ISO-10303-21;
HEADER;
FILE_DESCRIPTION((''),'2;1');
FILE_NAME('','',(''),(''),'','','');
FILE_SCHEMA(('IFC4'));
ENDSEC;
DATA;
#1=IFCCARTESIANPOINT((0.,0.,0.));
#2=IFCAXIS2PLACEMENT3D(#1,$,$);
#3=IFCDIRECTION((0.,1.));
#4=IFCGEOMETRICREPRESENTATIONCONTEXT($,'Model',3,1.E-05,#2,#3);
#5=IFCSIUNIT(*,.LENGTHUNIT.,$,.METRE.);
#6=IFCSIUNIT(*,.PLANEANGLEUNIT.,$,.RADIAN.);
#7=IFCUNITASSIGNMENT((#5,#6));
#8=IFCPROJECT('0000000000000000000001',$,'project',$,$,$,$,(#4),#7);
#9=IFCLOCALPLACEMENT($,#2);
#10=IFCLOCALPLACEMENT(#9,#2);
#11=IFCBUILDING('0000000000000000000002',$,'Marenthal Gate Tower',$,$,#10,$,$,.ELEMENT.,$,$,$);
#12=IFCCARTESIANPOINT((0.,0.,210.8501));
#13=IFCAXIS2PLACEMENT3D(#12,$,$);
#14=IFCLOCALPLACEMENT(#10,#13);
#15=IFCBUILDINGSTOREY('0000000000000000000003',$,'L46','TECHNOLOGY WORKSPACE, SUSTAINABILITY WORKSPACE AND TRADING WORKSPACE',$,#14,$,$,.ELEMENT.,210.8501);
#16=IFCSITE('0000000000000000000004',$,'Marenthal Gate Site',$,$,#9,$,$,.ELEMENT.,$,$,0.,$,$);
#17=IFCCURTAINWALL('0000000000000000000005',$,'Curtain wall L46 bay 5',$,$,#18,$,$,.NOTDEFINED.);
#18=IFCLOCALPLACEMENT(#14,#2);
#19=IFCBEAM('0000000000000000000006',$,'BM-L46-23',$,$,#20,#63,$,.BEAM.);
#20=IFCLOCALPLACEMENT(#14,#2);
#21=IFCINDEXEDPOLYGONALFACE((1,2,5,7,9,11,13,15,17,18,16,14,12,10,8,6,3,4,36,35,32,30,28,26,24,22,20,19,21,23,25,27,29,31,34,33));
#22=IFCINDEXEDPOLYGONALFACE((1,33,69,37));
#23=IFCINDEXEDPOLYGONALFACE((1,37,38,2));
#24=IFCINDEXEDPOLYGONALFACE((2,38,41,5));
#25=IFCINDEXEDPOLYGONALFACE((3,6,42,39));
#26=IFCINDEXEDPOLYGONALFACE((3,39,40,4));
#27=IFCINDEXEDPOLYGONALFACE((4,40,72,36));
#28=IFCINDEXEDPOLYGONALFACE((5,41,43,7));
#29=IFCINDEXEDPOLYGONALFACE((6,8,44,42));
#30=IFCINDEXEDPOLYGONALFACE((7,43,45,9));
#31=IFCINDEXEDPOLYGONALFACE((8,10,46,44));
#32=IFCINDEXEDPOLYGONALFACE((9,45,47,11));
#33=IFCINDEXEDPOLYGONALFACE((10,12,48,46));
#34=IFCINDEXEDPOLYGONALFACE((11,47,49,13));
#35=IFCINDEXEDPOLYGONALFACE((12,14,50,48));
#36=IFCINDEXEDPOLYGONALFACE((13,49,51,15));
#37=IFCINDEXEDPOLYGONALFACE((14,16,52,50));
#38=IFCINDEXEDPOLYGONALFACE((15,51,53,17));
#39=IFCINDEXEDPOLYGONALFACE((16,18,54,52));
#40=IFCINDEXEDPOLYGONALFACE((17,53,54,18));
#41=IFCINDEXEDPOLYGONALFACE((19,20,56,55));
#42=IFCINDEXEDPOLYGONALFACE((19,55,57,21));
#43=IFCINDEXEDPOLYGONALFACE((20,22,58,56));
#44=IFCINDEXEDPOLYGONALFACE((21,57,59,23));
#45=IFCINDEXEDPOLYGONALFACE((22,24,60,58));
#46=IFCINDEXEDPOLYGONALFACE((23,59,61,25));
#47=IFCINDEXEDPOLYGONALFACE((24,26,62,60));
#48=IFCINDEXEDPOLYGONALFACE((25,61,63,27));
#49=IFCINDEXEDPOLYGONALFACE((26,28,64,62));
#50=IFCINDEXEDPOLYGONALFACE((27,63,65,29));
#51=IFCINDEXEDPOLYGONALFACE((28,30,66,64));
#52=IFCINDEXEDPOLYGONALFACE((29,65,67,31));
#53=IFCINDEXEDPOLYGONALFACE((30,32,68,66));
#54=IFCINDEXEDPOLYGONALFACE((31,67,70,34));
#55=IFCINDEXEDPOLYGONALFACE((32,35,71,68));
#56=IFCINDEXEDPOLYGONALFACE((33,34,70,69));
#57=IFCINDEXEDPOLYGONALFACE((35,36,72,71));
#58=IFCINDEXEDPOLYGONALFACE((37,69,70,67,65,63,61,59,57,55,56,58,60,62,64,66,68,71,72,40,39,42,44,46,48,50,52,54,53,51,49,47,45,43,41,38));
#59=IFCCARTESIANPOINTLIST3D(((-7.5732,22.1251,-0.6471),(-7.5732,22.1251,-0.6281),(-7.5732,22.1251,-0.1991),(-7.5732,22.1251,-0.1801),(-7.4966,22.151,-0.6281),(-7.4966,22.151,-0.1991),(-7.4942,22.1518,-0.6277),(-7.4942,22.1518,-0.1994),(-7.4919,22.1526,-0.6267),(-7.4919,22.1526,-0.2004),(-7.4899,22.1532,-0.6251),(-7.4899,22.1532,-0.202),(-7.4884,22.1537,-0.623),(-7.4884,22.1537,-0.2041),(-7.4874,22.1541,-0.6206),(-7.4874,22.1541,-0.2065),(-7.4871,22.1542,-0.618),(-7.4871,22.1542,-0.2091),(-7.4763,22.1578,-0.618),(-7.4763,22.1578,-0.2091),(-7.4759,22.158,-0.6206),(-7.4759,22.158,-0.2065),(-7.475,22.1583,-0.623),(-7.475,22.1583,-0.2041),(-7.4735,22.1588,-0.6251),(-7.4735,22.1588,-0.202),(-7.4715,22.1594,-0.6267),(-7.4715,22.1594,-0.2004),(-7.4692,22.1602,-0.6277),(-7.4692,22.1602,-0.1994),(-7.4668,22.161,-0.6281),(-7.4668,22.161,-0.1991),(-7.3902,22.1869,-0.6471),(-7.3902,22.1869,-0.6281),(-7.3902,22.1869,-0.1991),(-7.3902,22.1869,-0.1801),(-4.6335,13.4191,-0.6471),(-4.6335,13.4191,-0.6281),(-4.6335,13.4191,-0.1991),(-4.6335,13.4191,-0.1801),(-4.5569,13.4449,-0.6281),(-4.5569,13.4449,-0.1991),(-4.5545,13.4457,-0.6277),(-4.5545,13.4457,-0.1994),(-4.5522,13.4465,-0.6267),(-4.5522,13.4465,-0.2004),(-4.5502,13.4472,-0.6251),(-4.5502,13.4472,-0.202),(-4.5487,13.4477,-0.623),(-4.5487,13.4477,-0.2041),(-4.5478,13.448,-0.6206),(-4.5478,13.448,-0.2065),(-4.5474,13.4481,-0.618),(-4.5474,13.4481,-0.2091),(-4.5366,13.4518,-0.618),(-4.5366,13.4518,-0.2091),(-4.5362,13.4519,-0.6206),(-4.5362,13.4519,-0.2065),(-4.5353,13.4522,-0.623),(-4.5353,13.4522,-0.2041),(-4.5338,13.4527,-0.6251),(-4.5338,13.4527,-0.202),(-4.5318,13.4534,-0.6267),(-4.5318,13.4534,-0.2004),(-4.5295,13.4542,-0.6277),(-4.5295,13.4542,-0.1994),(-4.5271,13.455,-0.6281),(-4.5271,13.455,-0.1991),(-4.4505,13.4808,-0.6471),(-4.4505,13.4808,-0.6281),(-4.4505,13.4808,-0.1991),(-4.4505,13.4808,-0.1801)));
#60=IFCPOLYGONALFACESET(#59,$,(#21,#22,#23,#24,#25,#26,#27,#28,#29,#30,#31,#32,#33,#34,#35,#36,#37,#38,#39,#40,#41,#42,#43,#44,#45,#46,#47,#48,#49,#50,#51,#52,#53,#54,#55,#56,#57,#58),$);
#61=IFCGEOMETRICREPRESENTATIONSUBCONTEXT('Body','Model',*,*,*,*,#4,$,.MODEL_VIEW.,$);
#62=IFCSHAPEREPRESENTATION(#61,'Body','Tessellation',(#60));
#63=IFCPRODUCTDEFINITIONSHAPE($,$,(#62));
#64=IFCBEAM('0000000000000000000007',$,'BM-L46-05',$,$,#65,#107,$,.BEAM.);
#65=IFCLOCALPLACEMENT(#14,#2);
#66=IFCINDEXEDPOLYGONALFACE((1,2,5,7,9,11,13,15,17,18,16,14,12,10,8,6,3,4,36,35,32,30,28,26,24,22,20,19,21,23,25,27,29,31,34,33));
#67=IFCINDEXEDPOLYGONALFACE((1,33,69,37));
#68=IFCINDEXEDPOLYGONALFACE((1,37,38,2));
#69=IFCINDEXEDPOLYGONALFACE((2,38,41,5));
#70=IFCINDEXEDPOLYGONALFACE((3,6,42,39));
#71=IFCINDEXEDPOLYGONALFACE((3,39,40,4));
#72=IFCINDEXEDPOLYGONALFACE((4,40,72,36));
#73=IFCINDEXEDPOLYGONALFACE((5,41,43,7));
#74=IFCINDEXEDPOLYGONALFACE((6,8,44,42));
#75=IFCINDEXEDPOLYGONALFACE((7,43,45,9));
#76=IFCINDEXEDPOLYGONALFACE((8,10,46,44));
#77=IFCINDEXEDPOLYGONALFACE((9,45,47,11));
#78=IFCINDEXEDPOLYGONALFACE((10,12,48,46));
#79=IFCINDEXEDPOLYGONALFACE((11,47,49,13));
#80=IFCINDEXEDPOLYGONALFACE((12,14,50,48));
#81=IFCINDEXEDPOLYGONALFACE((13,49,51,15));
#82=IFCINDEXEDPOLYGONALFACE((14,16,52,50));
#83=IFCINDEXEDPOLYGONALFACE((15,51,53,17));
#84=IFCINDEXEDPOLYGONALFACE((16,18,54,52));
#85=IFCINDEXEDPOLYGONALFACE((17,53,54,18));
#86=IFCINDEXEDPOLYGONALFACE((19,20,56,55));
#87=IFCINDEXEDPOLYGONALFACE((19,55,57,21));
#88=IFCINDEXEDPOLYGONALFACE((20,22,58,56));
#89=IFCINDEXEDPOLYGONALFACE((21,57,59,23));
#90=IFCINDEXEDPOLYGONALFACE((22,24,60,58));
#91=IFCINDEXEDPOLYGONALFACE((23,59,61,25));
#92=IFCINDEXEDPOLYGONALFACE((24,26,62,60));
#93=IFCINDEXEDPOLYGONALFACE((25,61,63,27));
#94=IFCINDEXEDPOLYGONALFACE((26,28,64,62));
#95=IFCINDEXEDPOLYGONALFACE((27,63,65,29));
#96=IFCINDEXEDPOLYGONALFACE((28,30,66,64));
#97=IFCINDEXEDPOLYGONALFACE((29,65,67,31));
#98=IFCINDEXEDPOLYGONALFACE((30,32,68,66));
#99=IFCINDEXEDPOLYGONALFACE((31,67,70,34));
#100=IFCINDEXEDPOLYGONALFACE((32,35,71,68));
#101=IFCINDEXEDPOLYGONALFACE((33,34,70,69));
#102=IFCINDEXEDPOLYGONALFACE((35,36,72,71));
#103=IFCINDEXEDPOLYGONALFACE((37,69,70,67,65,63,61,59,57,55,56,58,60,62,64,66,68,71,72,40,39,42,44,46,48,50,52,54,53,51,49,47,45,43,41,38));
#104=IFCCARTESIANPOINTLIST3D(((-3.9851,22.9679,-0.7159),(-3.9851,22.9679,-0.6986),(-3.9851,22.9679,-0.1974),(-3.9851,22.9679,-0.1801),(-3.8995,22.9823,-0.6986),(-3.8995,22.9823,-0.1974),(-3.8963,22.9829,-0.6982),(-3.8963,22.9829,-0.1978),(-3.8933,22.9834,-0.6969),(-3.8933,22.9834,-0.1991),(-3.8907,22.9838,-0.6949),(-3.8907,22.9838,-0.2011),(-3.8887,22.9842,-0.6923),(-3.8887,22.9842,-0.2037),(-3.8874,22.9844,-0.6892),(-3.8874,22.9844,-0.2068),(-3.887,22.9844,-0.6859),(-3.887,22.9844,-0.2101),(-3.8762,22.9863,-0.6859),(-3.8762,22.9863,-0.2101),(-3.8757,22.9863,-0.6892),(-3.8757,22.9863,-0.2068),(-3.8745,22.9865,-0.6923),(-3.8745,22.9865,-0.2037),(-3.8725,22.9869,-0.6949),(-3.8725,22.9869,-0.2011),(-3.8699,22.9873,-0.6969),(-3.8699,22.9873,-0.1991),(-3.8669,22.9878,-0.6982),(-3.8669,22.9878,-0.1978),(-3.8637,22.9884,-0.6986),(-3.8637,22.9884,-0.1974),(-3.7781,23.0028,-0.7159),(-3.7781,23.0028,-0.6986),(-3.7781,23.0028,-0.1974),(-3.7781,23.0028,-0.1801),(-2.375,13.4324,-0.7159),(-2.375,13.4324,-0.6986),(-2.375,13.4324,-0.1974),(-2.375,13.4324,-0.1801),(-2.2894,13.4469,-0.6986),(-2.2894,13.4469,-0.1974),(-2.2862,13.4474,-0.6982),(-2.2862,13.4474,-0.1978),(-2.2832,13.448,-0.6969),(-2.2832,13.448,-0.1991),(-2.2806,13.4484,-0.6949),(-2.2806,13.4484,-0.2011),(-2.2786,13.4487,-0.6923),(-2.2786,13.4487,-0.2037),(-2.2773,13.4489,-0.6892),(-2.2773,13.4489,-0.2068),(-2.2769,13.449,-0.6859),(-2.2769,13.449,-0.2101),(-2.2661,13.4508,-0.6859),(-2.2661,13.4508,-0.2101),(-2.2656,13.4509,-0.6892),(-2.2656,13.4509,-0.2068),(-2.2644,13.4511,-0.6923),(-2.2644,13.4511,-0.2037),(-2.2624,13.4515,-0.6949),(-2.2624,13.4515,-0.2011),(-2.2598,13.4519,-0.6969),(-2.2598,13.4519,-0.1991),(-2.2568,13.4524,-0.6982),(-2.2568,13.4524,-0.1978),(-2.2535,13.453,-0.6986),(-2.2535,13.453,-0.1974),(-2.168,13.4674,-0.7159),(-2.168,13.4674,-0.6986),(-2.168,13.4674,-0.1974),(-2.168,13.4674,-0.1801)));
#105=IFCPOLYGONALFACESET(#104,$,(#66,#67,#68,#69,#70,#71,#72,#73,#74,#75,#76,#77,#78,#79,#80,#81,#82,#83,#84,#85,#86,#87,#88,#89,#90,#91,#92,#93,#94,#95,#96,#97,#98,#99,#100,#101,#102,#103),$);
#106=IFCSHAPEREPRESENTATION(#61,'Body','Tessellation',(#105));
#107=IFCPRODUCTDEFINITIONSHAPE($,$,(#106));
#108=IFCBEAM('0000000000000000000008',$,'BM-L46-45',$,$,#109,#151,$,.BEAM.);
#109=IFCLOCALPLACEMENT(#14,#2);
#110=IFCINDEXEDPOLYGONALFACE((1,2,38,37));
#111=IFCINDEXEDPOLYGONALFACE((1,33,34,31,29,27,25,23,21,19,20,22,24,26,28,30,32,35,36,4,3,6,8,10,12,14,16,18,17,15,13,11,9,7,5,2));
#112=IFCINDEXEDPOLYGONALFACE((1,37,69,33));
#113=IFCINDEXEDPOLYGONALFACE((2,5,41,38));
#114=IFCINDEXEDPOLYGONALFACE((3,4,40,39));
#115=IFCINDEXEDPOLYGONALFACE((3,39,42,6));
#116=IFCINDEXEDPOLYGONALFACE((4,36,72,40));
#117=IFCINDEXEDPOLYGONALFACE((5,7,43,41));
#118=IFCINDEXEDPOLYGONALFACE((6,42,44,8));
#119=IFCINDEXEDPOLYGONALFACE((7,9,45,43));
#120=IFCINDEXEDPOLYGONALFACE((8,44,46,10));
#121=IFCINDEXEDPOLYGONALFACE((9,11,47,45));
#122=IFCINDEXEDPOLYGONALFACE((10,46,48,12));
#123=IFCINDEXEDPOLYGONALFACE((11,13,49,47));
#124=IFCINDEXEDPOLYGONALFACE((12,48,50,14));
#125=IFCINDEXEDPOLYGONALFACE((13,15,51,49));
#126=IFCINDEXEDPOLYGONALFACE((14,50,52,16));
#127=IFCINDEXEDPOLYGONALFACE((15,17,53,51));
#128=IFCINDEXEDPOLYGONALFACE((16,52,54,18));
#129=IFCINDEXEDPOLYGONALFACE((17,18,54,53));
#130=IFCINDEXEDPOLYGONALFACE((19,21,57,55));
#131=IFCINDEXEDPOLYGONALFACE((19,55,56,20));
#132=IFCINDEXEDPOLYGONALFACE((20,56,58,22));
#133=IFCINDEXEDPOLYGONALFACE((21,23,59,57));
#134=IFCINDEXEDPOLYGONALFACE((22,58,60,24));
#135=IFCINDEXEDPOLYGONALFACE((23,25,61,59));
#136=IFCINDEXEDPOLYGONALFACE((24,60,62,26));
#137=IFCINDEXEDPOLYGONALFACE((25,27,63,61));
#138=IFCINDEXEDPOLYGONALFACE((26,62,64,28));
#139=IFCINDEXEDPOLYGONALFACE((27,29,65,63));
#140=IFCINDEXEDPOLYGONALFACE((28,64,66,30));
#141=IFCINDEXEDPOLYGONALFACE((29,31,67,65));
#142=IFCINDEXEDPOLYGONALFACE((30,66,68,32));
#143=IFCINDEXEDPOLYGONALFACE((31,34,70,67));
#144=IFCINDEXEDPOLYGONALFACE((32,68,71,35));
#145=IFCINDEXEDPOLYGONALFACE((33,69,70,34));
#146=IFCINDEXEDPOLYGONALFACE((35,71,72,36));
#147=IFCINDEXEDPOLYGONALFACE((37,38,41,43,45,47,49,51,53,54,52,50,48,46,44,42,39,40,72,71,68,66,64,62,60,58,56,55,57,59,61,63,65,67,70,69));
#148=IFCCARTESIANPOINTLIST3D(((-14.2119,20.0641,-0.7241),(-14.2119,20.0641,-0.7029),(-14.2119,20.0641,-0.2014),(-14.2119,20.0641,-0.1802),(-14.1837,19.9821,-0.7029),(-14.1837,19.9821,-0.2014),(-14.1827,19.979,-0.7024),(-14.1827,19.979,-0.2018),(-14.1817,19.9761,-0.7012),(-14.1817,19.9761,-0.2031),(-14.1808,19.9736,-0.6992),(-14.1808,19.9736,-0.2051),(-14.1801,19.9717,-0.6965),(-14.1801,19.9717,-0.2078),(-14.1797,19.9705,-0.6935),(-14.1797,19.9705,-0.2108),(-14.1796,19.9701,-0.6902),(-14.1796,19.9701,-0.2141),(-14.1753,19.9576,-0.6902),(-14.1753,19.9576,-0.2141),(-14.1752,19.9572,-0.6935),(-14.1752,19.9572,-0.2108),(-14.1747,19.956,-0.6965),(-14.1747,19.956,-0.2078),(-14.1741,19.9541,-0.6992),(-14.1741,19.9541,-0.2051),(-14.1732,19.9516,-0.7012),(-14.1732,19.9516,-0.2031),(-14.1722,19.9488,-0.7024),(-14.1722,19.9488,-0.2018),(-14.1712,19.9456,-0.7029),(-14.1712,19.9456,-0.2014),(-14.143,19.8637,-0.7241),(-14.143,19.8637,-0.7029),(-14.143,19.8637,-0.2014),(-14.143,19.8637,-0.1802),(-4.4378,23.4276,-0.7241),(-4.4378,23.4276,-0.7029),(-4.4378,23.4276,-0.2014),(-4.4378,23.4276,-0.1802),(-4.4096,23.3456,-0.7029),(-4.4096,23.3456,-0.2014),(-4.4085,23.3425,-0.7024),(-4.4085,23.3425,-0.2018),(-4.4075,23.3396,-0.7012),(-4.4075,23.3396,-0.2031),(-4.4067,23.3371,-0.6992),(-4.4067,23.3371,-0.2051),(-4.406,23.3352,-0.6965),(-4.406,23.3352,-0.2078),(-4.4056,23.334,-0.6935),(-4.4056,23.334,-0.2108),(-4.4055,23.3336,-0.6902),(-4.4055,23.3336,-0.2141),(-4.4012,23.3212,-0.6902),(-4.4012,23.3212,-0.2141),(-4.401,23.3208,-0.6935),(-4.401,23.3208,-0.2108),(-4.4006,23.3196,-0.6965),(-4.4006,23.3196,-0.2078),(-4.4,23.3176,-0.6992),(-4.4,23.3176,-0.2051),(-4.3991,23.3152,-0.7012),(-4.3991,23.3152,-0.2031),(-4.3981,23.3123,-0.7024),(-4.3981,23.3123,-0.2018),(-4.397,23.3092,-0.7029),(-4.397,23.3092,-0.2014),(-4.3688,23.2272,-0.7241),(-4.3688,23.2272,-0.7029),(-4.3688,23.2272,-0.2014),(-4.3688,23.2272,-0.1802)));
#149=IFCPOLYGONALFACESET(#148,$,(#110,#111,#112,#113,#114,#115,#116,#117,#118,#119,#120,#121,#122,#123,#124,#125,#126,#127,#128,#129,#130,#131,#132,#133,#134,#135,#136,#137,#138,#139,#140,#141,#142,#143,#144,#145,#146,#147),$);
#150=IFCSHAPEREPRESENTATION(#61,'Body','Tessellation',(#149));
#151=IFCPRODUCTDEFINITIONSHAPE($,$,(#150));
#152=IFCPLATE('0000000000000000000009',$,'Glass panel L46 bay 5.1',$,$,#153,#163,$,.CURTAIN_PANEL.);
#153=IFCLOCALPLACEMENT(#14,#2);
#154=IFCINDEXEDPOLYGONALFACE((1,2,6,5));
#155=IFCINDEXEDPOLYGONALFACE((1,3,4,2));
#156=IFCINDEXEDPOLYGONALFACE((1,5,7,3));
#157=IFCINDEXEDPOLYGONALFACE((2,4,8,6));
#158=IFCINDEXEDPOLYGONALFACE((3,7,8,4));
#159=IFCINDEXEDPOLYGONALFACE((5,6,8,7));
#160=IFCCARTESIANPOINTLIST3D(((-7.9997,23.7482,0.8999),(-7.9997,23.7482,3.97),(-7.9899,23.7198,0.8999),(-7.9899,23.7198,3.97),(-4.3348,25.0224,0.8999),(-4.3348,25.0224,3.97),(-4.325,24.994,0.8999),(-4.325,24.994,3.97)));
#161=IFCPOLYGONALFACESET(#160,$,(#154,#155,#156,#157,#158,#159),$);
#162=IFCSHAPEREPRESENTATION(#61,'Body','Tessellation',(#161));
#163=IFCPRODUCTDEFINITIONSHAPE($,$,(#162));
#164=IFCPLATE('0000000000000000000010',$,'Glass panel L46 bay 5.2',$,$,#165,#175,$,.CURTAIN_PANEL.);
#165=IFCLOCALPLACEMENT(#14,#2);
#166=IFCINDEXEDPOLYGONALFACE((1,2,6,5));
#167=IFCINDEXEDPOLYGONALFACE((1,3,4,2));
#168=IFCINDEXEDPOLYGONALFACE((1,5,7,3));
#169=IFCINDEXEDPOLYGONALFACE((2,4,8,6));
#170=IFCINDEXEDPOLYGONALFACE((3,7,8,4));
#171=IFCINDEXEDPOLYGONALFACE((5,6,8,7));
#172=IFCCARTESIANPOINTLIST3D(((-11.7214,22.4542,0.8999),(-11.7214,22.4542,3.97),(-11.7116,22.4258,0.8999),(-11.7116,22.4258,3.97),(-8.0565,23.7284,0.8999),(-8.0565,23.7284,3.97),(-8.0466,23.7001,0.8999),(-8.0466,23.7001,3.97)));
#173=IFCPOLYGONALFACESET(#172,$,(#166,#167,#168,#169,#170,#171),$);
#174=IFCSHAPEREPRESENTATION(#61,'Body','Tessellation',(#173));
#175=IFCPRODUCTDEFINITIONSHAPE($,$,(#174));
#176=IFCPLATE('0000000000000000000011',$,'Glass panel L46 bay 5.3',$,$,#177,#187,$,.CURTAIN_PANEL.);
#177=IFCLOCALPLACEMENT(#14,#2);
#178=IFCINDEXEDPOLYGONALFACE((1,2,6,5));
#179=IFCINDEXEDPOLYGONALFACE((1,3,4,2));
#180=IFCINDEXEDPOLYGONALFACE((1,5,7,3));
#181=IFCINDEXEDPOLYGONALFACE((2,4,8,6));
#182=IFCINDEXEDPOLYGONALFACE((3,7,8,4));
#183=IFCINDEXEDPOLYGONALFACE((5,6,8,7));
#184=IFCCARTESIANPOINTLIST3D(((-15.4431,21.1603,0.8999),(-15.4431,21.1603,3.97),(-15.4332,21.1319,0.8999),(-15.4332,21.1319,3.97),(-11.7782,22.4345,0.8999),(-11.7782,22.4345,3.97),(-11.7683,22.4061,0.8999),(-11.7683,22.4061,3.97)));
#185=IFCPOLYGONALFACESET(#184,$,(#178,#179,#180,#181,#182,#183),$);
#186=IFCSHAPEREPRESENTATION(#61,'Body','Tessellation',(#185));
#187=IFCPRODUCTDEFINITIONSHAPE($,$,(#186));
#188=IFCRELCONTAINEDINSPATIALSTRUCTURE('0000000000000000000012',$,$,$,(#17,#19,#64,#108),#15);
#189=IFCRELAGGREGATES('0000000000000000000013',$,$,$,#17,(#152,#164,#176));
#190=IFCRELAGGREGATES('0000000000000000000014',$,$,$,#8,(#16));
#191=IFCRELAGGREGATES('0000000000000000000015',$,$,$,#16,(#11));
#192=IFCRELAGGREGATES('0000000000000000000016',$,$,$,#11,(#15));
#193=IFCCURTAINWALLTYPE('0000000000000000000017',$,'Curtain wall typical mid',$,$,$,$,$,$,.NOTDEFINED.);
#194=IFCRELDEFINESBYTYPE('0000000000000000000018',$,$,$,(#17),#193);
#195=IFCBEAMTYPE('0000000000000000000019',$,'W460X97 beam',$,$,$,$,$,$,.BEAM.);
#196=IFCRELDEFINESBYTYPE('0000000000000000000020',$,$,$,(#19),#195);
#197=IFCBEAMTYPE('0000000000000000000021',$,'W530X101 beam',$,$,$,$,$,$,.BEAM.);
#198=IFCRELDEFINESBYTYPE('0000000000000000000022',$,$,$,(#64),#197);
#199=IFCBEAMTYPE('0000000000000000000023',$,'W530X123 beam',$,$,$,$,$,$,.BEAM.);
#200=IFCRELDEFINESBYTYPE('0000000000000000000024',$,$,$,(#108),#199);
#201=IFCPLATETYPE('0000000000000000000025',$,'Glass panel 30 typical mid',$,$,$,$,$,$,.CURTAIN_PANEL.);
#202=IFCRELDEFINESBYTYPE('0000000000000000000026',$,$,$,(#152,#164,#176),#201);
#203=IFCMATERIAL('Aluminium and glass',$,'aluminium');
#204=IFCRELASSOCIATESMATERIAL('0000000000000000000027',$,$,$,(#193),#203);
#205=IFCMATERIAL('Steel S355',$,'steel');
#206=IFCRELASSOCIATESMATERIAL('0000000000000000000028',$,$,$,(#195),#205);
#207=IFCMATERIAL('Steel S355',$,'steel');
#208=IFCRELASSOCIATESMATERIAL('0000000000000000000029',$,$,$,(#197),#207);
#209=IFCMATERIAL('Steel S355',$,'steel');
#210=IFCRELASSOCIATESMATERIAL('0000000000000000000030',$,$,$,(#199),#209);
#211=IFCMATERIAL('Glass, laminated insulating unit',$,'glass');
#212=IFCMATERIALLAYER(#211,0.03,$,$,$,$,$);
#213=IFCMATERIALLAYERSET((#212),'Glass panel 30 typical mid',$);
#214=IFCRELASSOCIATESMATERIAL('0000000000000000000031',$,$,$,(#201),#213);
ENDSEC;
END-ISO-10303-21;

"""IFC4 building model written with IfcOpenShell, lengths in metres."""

from ifc_helpers import new_model, si_unit, direction, frame, origin, origin_2d, place, context, subcontext, project, spatial, rectangle, i_section, extrude, material, layer, layer_set, material_profile, profile_set, type_object, element, aggregate, save


model = new_model("IFC4")

# Units and contexts
model_context = context("Model", 3, precision=1e-05, world=origin(), true_north=direction((0.0, 1.0)))
body_context = subcontext(model_context, "Body", "Model", "MODEL_VIEW")
ifc_project = project(units=[si_unit("LENGTHUNIT", "METRE"), si_unit("PLANEANGLEUNIT", "RADIAN")], contexts=[model_context])

# Site, building, storey
site_placement = place(None, origin())
site = spatial("IfcSite", under=ifc_project, at=site_placement, Name="Marenthal Gate Site", CompositionType="ELEMENT", RefElevation=0.0)
building_placement = place(site_placement, origin())
building = spatial("IfcBuilding", under=site, at=building_placement, Name="Marenthal Gate Tower", CompositionType="ELEMENT")
storey_placement = place(building_placement, frame((0.0, 0.0, 210.8501)))
storey = spatial("IfcBuildingStorey", under=building, at=storey_placement, Name="L46", Description="TECHNOLOGY WORKSPACE, SUSTAINABILITY WORKSPACE AND TRADING WORKSPACE", CompositionType="ELEMENT", Elevation=210.8501)

# Curtain wall
ifc_material_1 = material(Name="Aluminium and glass", Category="aluminium")
curtain_wall_type = type_object("IfcCurtainWallType", Name="Curtain wall typical mid", PredefinedType="NOTDEFINED", material=ifc_material_1)
curtain_wall_placement = place(storey_placement, origin())
curtain_wall = element("IfcCurtainWall", 1, at=curtain_wall_placement, inside=storey, type_object=curtain_wall_type, Name="Curtain wall L46 bay 5", PredefinedType="NOTDEFINED")

# Beams
ifc_material_2 = material(Name="Steel S355", Category="steel")
ifc_material_profile_1 = material_profile(ifc_material_2, i_section(OverallWidth=0.1931, OverallDepth=0.467, WebThickness=0.0115, FlangeThickness=0.019, FilletRadius=0.01, at=origin_2d()), Name="W460X97")
ifc_profile_set_1 = profile_set([ifc_material_profile_1], Name="Steel S355")
beam_type_1 = type_object("IfcBeamType", Name="W460X97 beam", PredefinedType="BEAM", material=ifc_profile_set_1)
beam_1_placement = place(storey_placement, frame((-7.4817, 22.156, -0.4136), z_axis=(0.319916, -0.947446, 0.0), x_axis=(0.947446, 0.319916, 0.0)))
element("IfcBeam", 2, at=beam_1_placement, inside=storey, type_object=beam_type_1, Name="BM-L46-23", PredefinedType="BEAM", context=body_context, shape_type="SweptSolid", body=[
    extrude(i_section(OverallWidth=0.1931, OverallDepth=0.467, WebThickness=0.0115, FlangeThickness=0.019, FilletRadius=0.01, at=origin_2d()), origin(), (0.0, 0.0, 1.0), 9.189),
])
ifc_material_3 = material(Name="Steel S355", Category="steel")
ifc_material_profile_2 = material_profile(ifc_material_3, i_section(OverallWidth=0.21, OverallDepth=0.5359, WebThickness=0.011, FlangeThickness=0.0173, FilletRadius=0.0127, at=origin_2d()), Name="W530X101")
ifc_profile_set_2 = profile_set([ifc_material_profile_2], Name="Steel S355")
beam_type_2 = type_object("IfcBeamType", Name="W530X101 beam", PredefinedType="BEAM", material=ifc_profile_set_2)
beam_2_placement = place(storey_placement, frame((-3.8816, 22.9854, -0.448), z_axis=(0.166499, -0.986042, 0.0), x_axis=(0.986042, 0.166499, 0.0)))
element("IfcBeam", 3, at=beam_2_placement, inside=storey, type_object=beam_type_2, Name="BM-L46-05", PredefinedType="BEAM", context=body_context, shape_type="SweptSolid", body=[
    extrude(i_section(OverallWidth=0.21, OverallDepth=0.5359, WebThickness=0.011, FlangeThickness=0.0173, FilletRadius=0.0127, at=origin_2d()), origin(), (0.0, 0.0, 1.0), 9.6704),
])
ifc_material_4 = material(Name="Steel S355", Category="steel")
ifc_material_profile_3 = material_profile(ifc_material_4, i_section(OverallWidth=0.2119, OverallDepth=0.5439, WebThickness=0.0132, FlangeThickness=0.0212, FilletRadius=0.0127, at=origin_2d()), Name="W530X123")
ifc_profile_set_3 = profile_set([ifc_material_profile_3], Name="Steel S355")
beam_type_3 = type_object("IfcBeamType", Name="W530X123 beam", PredefinedType="BEAM", material=ifc_profile_set_3)
beam_3_placement = place(storey_placement, frame((-4.4033, 23.3274, -0.4521), z_axis=(-0.945578, -0.325396, 0.0), x_axis=(0.325396, -0.945578, 0.0)))
element("IfcBeam", 4, at=beam_3_placement, inside=storey, type_object=beam_type_3, Name="BM-L46-45", PredefinedType="BEAM", context=body_context, shape_type="SweptSolid", body=[
    extrude(i_section(OverallWidth=0.2119, OverallDepth=0.5439, WebThickness=0.0132, FlangeThickness=0.0212, FilletRadius=0.0127, at=origin_2d()), origin(), (0.0, 0.0, 1.0), 10.3367),
])

# Plates
ifc_material_5 = material(Name="Glass, laminated insulating unit", Category="glass")
ifc_layer_1 = layer(ifc_material_5, 0.03)
ifc_layer_set_1 = layer_set([ifc_layer_1], Name="Glass panel 30 typical mid")
plate_type = type_object("IfcPlateType", Name="Glass panel 30 typical mid", PredefinedType="CURTAIN_PANEL", material=ifc_layer_set_1)
plate_1_placement = place(storey_placement, frame((-6.1624, 24.3711, 0.8999), z_axis=(0.0, 0.0, 1.0), x_axis=(-0.944539, -0.3284, 0.0)))
plate_1 = element("IfcPlate", 5, at=plate_1_placement, type_object=plate_type, Name="Glass panel L46 bay 5.1", PredefinedType="CURTAIN_PANEL", context=body_context, shape_type="SweptSolid", body=[
    extrude(rectangle(XDim=3.8801, YDim=0.03, at=origin_2d()), origin(), (0.0, 0.0, 1.0), 3.0701),
])
plate_2_placement = place(storey_placement, frame((-9.884, 23.0771, 0.8999), z_axis=(0.0, 0.0, 1.0), x_axis=(-0.944539, -0.3284, 0.0)))
plate_2 = element("IfcPlate", 6, at=plate_2_placement, type_object=plate_type, Name="Glass panel L46 bay 5.2", PredefinedType="CURTAIN_PANEL", context=body_context, shape_type="SweptSolid", body=[
    extrude(rectangle(XDim=3.8801, YDim=0.03, at=origin_2d()), origin(), (0.0, 0.0, 1.0), 3.0701),
])
plate_3_placement = place(storey_placement, frame((-13.6057, 21.7832, 0.8999), z_axis=(0.0, 0.0, 1.0), x_axis=(-0.944539, -0.3284, 0.0)))
plate_3 = element("IfcPlate", 7, at=plate_3_placement, type_object=plate_type, Name="Glass panel L46 bay 5.3", PredefinedType="CURTAIN_PANEL", context=body_context, shape_type="SweptSolid", body=[
    extrude(rectangle(XDim=3.8801, YDim=0.03, at=origin_2d()), origin(), (0.0, 0.0, 1.0), 3.0701),
])
aggregate(curtain_wall, [plate_1, plate_2, plate_3])

save(model, "model.ifc")
